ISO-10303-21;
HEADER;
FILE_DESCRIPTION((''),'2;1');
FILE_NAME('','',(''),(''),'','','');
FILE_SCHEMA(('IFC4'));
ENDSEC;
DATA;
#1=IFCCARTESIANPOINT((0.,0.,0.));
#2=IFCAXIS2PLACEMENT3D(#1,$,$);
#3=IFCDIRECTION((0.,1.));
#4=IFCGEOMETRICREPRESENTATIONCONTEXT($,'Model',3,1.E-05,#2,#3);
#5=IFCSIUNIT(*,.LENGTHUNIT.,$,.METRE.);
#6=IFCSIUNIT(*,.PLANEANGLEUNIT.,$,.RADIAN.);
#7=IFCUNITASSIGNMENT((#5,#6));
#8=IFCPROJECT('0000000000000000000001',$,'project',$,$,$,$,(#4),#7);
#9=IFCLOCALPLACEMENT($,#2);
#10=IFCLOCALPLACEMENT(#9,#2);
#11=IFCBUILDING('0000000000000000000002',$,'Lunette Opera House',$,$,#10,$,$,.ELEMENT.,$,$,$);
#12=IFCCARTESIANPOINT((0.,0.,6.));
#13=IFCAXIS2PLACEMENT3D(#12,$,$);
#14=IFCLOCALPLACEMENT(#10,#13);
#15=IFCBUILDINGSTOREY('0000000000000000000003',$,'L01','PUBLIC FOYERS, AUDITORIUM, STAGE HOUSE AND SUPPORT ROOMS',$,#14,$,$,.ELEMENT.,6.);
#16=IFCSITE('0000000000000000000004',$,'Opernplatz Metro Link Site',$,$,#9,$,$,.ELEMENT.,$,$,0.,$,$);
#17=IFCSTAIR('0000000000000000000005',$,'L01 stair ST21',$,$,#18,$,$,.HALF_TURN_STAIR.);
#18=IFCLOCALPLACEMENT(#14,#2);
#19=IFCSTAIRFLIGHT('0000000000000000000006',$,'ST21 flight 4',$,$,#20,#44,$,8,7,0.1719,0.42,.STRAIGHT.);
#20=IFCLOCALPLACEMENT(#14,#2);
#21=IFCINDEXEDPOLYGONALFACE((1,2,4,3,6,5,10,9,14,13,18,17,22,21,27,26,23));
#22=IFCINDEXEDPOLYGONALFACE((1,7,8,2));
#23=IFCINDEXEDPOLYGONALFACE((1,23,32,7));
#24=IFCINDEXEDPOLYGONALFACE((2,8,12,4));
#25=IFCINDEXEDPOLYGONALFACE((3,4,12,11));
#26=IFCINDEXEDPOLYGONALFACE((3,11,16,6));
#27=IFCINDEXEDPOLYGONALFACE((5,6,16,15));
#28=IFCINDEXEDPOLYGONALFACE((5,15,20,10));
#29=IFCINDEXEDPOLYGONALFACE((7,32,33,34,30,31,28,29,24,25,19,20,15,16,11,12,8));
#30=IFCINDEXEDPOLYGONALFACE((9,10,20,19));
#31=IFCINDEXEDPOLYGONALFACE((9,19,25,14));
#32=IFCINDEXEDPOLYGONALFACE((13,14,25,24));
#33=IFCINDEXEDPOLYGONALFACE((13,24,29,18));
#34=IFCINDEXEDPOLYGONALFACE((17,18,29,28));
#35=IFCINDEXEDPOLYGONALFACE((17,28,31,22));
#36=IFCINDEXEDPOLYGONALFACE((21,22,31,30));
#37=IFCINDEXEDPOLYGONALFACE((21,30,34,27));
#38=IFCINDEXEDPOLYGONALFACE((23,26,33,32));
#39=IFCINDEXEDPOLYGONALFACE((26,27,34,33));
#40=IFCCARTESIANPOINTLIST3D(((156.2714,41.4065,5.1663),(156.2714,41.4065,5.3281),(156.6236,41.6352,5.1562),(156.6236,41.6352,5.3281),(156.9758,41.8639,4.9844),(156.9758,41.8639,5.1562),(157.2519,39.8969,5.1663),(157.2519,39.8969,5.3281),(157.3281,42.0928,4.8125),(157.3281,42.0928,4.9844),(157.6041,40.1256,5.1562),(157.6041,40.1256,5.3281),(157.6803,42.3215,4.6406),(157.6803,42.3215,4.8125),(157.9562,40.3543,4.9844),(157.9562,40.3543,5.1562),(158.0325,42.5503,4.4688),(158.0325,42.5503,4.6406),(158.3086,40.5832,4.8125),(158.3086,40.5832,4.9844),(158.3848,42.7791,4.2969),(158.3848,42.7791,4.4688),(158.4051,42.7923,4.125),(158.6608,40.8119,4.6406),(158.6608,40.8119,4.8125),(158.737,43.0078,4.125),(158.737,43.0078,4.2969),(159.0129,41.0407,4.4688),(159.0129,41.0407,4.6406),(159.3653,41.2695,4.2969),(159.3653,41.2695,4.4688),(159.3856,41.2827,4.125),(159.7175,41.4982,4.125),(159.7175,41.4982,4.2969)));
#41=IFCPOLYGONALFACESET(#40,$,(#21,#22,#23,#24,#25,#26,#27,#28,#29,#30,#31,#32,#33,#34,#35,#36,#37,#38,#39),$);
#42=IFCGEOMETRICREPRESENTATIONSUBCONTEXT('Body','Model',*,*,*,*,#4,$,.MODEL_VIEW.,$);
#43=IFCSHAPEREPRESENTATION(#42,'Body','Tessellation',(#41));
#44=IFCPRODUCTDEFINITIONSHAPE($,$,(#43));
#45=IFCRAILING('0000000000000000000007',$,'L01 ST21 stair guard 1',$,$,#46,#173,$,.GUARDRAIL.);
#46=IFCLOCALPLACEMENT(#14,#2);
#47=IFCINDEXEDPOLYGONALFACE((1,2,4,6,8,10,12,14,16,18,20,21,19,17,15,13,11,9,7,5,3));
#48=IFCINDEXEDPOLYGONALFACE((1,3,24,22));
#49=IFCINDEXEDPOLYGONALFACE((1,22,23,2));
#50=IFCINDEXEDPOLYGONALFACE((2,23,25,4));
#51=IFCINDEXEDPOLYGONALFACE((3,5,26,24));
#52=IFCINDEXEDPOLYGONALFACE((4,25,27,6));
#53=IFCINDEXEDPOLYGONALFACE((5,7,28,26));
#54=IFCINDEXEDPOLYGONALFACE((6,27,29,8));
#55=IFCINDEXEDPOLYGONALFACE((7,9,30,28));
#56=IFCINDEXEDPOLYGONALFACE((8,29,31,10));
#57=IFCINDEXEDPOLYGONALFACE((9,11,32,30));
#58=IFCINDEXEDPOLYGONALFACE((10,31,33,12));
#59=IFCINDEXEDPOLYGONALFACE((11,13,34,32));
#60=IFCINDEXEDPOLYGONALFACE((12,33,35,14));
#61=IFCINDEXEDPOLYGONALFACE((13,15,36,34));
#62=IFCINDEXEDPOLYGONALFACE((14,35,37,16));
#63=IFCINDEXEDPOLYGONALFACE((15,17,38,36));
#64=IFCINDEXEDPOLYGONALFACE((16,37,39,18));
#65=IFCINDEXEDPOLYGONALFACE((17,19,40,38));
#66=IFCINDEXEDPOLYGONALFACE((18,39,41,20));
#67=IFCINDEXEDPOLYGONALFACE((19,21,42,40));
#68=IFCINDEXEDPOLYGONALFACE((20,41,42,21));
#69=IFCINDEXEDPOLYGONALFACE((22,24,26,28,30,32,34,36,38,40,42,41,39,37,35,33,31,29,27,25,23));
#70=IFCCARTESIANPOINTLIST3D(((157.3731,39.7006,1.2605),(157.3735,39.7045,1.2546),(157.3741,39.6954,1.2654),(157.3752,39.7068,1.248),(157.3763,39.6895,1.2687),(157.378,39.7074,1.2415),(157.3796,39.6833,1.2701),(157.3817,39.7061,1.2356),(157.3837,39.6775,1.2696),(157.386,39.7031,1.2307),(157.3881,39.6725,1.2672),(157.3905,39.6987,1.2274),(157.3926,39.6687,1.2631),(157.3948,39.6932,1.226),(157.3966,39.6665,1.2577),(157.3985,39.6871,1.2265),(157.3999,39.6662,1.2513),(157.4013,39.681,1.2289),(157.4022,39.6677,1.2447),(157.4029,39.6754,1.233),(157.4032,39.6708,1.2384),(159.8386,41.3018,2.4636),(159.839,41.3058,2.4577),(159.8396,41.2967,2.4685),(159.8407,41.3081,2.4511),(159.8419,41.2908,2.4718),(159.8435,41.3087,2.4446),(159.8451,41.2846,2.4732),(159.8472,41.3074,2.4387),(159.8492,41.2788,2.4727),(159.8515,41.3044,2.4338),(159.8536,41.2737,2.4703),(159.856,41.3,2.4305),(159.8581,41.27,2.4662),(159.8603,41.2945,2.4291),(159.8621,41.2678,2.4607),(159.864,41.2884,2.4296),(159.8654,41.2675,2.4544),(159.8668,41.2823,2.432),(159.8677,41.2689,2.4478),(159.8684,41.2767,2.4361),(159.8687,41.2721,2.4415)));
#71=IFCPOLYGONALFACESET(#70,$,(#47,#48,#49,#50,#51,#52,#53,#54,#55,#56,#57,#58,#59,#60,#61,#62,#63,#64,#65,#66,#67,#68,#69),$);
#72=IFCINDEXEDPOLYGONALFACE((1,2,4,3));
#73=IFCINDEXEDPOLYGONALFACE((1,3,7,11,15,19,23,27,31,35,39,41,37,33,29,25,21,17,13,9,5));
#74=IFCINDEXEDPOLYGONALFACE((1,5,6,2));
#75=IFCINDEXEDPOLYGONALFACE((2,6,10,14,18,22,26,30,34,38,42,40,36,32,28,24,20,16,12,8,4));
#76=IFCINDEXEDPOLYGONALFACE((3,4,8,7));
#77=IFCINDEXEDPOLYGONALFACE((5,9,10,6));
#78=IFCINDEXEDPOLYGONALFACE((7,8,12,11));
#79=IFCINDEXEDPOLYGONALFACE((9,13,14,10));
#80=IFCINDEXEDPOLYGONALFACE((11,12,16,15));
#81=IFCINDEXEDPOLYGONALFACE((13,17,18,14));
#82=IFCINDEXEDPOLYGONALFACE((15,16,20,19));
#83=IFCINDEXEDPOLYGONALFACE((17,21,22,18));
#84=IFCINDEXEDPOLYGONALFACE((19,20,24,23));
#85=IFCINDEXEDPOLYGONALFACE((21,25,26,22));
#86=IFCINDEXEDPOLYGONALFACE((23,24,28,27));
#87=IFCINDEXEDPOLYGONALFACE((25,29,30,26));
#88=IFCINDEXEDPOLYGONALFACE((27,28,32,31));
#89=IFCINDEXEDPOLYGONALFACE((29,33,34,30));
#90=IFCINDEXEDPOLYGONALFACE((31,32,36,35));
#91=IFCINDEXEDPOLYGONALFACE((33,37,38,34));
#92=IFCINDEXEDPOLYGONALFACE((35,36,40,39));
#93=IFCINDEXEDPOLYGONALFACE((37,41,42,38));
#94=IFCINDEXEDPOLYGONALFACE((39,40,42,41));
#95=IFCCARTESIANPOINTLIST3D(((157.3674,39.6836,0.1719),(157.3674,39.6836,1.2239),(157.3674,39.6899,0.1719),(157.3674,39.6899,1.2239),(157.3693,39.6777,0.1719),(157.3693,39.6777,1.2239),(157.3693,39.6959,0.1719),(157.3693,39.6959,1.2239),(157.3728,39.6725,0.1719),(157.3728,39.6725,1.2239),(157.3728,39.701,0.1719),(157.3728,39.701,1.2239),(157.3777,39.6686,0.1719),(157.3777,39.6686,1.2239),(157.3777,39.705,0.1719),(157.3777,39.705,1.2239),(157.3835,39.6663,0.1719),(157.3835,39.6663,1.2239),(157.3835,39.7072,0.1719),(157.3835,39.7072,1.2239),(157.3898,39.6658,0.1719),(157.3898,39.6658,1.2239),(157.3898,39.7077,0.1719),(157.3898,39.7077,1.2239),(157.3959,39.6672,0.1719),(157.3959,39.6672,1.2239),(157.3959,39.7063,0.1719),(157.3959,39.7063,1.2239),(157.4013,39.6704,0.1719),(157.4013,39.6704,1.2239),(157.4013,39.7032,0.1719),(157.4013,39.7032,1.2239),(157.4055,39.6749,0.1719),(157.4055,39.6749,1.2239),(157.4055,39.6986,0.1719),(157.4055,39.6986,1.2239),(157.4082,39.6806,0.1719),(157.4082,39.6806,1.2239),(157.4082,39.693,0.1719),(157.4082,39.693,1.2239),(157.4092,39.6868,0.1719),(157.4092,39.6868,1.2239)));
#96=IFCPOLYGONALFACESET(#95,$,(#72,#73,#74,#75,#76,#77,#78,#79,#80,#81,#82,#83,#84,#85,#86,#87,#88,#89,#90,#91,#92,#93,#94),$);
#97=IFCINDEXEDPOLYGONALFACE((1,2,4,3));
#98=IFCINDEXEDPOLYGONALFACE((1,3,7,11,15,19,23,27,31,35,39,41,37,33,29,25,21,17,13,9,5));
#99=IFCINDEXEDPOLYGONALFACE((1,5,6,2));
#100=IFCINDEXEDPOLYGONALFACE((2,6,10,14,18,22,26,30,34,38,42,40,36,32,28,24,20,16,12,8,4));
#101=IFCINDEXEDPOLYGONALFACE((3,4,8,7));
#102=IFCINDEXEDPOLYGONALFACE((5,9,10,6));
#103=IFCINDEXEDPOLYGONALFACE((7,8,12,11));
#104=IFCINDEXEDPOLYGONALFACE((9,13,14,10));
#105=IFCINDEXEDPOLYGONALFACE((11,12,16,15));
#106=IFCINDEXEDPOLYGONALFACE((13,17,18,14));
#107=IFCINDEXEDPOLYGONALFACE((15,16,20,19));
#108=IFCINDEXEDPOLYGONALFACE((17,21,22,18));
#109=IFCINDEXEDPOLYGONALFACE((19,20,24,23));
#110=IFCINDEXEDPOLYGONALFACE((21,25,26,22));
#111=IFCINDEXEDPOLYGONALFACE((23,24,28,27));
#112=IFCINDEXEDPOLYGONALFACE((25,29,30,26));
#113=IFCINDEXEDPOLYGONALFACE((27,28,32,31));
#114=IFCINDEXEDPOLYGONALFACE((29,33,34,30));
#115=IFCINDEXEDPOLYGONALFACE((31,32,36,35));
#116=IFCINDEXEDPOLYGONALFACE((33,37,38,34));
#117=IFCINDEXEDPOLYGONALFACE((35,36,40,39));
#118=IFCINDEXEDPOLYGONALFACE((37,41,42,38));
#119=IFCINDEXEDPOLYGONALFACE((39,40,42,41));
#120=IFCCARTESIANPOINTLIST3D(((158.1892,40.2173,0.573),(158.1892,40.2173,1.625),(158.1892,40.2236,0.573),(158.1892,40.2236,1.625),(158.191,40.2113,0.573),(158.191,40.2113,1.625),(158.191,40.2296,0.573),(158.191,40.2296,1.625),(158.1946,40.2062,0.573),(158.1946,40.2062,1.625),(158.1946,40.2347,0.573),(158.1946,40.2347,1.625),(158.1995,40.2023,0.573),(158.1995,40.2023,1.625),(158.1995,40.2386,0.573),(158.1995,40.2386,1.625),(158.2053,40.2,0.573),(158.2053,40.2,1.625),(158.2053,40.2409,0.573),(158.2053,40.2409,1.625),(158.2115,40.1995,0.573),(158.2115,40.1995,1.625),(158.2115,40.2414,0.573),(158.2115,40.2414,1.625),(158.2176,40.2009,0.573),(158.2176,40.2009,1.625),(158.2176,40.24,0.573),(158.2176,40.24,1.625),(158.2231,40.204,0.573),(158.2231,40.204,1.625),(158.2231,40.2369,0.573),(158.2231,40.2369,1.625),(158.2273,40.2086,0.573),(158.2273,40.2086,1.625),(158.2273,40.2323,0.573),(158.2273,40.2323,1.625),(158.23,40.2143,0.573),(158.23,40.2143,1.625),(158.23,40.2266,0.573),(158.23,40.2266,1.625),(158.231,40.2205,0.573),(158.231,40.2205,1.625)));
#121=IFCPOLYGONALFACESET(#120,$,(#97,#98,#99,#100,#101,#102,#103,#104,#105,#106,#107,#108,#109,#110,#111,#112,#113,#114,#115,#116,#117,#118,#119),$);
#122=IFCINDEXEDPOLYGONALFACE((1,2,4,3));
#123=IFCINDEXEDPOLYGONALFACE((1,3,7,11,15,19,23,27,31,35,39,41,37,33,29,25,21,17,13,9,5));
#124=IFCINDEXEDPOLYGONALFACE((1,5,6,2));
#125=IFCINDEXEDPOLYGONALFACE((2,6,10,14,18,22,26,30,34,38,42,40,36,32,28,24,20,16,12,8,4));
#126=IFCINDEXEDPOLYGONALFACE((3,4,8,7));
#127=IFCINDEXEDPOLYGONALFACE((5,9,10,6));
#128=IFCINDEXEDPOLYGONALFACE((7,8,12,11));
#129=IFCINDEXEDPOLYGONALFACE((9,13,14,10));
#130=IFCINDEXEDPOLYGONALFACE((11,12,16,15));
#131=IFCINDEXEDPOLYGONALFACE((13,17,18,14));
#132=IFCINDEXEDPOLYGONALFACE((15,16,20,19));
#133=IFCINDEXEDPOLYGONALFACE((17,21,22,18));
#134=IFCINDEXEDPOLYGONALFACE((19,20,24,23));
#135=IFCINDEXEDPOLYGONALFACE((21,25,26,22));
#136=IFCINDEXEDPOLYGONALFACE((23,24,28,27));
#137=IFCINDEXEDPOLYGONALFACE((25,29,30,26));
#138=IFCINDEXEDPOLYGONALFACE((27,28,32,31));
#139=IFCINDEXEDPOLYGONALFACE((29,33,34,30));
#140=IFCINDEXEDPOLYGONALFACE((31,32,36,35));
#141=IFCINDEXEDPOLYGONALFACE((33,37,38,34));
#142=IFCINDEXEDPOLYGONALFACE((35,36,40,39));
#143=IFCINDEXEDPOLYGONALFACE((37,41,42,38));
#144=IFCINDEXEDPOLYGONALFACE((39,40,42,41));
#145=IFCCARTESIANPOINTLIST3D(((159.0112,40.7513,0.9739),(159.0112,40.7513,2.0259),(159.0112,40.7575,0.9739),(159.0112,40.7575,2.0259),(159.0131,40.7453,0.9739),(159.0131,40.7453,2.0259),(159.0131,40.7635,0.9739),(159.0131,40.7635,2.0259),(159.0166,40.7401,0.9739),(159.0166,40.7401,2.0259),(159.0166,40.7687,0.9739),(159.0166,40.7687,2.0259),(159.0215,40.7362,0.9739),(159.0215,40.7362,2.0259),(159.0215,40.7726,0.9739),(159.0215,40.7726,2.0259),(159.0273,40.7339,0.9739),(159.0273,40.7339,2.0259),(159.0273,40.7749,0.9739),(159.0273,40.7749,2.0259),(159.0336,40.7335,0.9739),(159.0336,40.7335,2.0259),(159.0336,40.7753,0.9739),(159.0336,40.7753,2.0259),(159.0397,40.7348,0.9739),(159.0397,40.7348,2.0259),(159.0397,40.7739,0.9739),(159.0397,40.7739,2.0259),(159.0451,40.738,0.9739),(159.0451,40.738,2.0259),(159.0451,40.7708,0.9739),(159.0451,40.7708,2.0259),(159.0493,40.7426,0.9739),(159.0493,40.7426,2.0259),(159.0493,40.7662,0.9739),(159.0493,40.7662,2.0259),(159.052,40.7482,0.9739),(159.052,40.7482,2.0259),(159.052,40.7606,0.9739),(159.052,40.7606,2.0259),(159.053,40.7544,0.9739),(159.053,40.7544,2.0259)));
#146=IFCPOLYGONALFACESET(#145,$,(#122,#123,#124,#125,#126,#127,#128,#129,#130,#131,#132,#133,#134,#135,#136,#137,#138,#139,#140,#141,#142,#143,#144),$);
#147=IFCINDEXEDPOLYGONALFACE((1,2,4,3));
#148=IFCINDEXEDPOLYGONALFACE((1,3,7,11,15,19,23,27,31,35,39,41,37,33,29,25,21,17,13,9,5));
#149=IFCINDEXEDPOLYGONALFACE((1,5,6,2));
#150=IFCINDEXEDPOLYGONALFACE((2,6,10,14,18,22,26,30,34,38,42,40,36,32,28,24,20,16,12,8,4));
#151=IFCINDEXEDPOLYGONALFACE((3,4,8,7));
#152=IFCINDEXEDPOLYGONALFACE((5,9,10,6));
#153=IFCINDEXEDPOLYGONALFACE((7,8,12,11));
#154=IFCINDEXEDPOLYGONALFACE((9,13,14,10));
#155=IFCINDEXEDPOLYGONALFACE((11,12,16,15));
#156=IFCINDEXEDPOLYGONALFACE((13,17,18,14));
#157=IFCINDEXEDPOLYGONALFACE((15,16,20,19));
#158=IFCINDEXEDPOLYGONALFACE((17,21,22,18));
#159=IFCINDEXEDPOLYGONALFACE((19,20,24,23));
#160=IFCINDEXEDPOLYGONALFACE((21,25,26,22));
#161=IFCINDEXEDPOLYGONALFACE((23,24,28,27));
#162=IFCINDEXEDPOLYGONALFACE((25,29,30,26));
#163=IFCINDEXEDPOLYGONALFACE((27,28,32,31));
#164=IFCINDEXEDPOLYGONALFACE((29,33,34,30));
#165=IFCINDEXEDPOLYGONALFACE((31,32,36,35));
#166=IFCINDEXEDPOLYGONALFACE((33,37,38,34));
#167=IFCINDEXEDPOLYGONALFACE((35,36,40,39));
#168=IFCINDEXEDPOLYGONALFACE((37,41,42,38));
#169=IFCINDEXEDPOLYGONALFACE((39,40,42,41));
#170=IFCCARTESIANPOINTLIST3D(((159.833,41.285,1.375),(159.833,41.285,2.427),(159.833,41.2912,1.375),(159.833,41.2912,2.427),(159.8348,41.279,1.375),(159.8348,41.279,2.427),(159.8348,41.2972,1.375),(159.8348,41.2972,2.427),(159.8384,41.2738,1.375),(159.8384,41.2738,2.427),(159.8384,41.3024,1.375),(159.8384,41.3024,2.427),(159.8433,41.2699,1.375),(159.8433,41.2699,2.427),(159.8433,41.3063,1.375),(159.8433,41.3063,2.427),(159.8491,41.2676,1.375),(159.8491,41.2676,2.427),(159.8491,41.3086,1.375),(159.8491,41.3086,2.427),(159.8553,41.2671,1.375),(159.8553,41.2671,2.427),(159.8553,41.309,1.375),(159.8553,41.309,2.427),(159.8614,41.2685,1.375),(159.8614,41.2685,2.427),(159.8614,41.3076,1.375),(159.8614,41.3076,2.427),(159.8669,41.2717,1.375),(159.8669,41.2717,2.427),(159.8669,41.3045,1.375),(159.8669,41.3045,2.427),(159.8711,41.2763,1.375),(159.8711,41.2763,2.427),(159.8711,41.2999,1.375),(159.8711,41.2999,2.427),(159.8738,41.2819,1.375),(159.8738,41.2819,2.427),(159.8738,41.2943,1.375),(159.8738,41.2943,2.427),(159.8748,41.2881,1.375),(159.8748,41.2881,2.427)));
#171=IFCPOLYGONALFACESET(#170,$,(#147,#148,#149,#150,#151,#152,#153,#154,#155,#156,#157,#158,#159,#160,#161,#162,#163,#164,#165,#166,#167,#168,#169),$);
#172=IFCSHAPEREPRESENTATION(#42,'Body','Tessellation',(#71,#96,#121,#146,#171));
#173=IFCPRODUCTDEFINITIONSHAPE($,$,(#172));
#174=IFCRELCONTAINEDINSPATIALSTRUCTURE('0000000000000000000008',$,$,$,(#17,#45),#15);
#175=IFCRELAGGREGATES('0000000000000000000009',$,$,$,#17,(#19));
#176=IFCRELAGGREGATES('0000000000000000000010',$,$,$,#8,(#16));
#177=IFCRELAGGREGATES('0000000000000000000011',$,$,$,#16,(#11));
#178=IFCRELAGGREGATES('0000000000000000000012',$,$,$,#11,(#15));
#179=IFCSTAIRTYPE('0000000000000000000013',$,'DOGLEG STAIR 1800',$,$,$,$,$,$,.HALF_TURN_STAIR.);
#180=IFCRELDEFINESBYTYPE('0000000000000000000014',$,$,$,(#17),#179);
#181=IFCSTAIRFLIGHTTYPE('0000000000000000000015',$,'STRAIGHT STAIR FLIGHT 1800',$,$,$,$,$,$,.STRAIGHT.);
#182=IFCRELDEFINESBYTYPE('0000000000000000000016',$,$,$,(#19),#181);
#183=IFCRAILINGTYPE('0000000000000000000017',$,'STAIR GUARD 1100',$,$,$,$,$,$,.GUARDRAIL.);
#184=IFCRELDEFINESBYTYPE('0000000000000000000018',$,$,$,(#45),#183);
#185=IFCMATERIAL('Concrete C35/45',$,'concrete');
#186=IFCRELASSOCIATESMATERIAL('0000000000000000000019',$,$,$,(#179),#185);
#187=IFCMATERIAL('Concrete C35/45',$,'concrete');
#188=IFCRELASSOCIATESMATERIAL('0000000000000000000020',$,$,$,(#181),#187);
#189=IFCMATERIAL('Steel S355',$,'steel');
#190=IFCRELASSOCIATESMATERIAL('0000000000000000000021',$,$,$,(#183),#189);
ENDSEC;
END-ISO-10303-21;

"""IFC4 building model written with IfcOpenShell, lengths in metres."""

from ifc_helpers import new_model, si_unit, direction, frame, origin, origin_2d, place, context, subcontext, project, spatial, polyline, circle, outline, extrude, material, type_object, element, aggregate, save


model = new_model("IFC4")

# Units and contexts
model_context = context("Model", 3, precision=1e-05, world=origin(), true_north=direction((0.0, 1.0)))
body_context = subcontext(model_context, "Body", "Model", "MODEL_VIEW")
ifc_project = project(units=[si_unit("LENGTHUNIT", "METRE"), si_unit("PLANEANGLEUNIT", "RADIAN")], contexts=[model_context])

# Site, building, storey
site_placement = place(None, origin())
site = spatial("IfcSite", under=ifc_project, at=site_placement, Name="Opernplatz Metro Link Site", CompositionType="ELEMENT", RefElevation=0.0)
building_placement = place(site_placement, origin())
building = spatial("IfcBuilding", under=site, at=building_placement, Name="Lunette Opera House", CompositionType="ELEMENT")
storey_placement = place(building_placement, frame((0.0, 0.0, 6.0)))
storey = spatial("IfcBuildingStorey", under=building, at=storey_placement, Name="L01", Description="PUBLIC FOYERS, AUDITORIUM, STAGE HOUSE AND SUPPORT ROOMS", CompositionType="ELEMENT", Elevation=6.0)

# Stair, stair flight
ifc_material_1 = material(Name="Concrete C35/45", Category="concrete")
stair_type = type_object("IfcStairType", Name="DOGLEG STAIR 1800", PredefinedType="HALF_TURN_STAIR", material=ifc_material_1)
stair_placement = place(storey_placement, origin())
stair = element("IfcStair", 1, at=stair_placement, inside=storey, type_object=stair_type, Name="L01 stair ST21", PredefinedType="HALF_TURN_STAIR")
ifc_material_2 = material(Name="Concrete C35/45", Category="concrete")
stair_flight_type = type_object("IfcStairFlightType", Name="STRAIGHT STAIR FLIGHT 1800", PredefinedType="STRAIGHT", material=ifc_material_2)
stair_flight_1_placement = place(storey_placement, frame((159.2273, 42.2529, 4.125), z_axis=(0.0, 0.0, 1.0), x_axis=(-0.838643, -0.544681, 0.0)))
stair_flight_1 = element("IfcStairFlight", 2, at=stair_flight_1_placement, type_object=stair_flight_type, Name="ST21 flight 4", NumberOfRisers=8, NumberOfTreads=7, PredefinedType="STRAIGHT", RiserHeight=0.1719, TreadLength=0.42, context=body_context, shape_type="SweptSolid", body=[
    extrude(outline(polyline([(0.0, 0.0), (0.0, 0.1719), (0.4199, 0.1719), (0.4199, 0.3438), (0.8401, 0.3438), (0.8401, 0.5156), (1.26, 0.5156), (1.26, 0.6875), (1.6799, 0.6875), (1.6799, 0.8594), (2.1001, 0.8594), (2.1001, 1.0312), (2.52, 1.0312), (2.52, 1.2031), (2.9399, 1.2031), (2.9399, 1.375), (2.9399, 1.0413), (0.3958, 0.0), (0.0, 0.0)])), frame((0.0, 0.8999, 0.0), z_axis=(0.0, -1.0, 0.0), x_axis=(1.0, 0.0, 0.0)), (0.0, 0.0, 1.0), 1.8),
])
aggregate(stair, [stair_flight_1])

# Railing
ifc_material_3 = material(Name="Steel S355", Category="steel")
railing_type_1 = type_object("IfcRailingType", Name="STAIR GUARD 1100", PredefinedType="GUARDRAIL", material=ifc_material_3)
railing_1_placement = place(storey_placement, frame((157.3882, 39.6868, 0.1719)))
element("IfcRailing", 3, at=railing_1_placement, inside=storey, type_object=railing_type_1, Name="L01 ST21 stair guard 1", PredefinedType="GUARDRAIL", context=body_context, shape_type="SweptSolid", body=[
    extrude(circle(Radius=0.0239, at=origin_2d()), frame((0.0, 0.0, 1.0762), z_axis=(0.776168, 0.504098, 0.378746), x_axis=(-0.544676, 0.838647, 0.0)), (0.0, 0.0, 1.0), 3.1765),
    extrude(circle(Radius=0.021, at=origin_2d()), origin(), (0.0, 0.0, 1.0), 1.052),
    extrude(circle(Radius=0.021, at=origin_2d()), frame((0.8218, 0.5337, 0.4011)), (0.0, 0.0, 1.0), 1.052),
    extrude(circle(Radius=0.021, at=origin_2d()), frame((1.6438, 1.0676, 0.802)), (0.0, 0.0, 1.0), 1.052),
    extrude(circle(Radius=0.021, at=origin_2d()), frame((2.4656, 1.6013, 1.2031)), (0.0, 0.0, 1.0), 1.052),
])

save(model, "model.ifc")
